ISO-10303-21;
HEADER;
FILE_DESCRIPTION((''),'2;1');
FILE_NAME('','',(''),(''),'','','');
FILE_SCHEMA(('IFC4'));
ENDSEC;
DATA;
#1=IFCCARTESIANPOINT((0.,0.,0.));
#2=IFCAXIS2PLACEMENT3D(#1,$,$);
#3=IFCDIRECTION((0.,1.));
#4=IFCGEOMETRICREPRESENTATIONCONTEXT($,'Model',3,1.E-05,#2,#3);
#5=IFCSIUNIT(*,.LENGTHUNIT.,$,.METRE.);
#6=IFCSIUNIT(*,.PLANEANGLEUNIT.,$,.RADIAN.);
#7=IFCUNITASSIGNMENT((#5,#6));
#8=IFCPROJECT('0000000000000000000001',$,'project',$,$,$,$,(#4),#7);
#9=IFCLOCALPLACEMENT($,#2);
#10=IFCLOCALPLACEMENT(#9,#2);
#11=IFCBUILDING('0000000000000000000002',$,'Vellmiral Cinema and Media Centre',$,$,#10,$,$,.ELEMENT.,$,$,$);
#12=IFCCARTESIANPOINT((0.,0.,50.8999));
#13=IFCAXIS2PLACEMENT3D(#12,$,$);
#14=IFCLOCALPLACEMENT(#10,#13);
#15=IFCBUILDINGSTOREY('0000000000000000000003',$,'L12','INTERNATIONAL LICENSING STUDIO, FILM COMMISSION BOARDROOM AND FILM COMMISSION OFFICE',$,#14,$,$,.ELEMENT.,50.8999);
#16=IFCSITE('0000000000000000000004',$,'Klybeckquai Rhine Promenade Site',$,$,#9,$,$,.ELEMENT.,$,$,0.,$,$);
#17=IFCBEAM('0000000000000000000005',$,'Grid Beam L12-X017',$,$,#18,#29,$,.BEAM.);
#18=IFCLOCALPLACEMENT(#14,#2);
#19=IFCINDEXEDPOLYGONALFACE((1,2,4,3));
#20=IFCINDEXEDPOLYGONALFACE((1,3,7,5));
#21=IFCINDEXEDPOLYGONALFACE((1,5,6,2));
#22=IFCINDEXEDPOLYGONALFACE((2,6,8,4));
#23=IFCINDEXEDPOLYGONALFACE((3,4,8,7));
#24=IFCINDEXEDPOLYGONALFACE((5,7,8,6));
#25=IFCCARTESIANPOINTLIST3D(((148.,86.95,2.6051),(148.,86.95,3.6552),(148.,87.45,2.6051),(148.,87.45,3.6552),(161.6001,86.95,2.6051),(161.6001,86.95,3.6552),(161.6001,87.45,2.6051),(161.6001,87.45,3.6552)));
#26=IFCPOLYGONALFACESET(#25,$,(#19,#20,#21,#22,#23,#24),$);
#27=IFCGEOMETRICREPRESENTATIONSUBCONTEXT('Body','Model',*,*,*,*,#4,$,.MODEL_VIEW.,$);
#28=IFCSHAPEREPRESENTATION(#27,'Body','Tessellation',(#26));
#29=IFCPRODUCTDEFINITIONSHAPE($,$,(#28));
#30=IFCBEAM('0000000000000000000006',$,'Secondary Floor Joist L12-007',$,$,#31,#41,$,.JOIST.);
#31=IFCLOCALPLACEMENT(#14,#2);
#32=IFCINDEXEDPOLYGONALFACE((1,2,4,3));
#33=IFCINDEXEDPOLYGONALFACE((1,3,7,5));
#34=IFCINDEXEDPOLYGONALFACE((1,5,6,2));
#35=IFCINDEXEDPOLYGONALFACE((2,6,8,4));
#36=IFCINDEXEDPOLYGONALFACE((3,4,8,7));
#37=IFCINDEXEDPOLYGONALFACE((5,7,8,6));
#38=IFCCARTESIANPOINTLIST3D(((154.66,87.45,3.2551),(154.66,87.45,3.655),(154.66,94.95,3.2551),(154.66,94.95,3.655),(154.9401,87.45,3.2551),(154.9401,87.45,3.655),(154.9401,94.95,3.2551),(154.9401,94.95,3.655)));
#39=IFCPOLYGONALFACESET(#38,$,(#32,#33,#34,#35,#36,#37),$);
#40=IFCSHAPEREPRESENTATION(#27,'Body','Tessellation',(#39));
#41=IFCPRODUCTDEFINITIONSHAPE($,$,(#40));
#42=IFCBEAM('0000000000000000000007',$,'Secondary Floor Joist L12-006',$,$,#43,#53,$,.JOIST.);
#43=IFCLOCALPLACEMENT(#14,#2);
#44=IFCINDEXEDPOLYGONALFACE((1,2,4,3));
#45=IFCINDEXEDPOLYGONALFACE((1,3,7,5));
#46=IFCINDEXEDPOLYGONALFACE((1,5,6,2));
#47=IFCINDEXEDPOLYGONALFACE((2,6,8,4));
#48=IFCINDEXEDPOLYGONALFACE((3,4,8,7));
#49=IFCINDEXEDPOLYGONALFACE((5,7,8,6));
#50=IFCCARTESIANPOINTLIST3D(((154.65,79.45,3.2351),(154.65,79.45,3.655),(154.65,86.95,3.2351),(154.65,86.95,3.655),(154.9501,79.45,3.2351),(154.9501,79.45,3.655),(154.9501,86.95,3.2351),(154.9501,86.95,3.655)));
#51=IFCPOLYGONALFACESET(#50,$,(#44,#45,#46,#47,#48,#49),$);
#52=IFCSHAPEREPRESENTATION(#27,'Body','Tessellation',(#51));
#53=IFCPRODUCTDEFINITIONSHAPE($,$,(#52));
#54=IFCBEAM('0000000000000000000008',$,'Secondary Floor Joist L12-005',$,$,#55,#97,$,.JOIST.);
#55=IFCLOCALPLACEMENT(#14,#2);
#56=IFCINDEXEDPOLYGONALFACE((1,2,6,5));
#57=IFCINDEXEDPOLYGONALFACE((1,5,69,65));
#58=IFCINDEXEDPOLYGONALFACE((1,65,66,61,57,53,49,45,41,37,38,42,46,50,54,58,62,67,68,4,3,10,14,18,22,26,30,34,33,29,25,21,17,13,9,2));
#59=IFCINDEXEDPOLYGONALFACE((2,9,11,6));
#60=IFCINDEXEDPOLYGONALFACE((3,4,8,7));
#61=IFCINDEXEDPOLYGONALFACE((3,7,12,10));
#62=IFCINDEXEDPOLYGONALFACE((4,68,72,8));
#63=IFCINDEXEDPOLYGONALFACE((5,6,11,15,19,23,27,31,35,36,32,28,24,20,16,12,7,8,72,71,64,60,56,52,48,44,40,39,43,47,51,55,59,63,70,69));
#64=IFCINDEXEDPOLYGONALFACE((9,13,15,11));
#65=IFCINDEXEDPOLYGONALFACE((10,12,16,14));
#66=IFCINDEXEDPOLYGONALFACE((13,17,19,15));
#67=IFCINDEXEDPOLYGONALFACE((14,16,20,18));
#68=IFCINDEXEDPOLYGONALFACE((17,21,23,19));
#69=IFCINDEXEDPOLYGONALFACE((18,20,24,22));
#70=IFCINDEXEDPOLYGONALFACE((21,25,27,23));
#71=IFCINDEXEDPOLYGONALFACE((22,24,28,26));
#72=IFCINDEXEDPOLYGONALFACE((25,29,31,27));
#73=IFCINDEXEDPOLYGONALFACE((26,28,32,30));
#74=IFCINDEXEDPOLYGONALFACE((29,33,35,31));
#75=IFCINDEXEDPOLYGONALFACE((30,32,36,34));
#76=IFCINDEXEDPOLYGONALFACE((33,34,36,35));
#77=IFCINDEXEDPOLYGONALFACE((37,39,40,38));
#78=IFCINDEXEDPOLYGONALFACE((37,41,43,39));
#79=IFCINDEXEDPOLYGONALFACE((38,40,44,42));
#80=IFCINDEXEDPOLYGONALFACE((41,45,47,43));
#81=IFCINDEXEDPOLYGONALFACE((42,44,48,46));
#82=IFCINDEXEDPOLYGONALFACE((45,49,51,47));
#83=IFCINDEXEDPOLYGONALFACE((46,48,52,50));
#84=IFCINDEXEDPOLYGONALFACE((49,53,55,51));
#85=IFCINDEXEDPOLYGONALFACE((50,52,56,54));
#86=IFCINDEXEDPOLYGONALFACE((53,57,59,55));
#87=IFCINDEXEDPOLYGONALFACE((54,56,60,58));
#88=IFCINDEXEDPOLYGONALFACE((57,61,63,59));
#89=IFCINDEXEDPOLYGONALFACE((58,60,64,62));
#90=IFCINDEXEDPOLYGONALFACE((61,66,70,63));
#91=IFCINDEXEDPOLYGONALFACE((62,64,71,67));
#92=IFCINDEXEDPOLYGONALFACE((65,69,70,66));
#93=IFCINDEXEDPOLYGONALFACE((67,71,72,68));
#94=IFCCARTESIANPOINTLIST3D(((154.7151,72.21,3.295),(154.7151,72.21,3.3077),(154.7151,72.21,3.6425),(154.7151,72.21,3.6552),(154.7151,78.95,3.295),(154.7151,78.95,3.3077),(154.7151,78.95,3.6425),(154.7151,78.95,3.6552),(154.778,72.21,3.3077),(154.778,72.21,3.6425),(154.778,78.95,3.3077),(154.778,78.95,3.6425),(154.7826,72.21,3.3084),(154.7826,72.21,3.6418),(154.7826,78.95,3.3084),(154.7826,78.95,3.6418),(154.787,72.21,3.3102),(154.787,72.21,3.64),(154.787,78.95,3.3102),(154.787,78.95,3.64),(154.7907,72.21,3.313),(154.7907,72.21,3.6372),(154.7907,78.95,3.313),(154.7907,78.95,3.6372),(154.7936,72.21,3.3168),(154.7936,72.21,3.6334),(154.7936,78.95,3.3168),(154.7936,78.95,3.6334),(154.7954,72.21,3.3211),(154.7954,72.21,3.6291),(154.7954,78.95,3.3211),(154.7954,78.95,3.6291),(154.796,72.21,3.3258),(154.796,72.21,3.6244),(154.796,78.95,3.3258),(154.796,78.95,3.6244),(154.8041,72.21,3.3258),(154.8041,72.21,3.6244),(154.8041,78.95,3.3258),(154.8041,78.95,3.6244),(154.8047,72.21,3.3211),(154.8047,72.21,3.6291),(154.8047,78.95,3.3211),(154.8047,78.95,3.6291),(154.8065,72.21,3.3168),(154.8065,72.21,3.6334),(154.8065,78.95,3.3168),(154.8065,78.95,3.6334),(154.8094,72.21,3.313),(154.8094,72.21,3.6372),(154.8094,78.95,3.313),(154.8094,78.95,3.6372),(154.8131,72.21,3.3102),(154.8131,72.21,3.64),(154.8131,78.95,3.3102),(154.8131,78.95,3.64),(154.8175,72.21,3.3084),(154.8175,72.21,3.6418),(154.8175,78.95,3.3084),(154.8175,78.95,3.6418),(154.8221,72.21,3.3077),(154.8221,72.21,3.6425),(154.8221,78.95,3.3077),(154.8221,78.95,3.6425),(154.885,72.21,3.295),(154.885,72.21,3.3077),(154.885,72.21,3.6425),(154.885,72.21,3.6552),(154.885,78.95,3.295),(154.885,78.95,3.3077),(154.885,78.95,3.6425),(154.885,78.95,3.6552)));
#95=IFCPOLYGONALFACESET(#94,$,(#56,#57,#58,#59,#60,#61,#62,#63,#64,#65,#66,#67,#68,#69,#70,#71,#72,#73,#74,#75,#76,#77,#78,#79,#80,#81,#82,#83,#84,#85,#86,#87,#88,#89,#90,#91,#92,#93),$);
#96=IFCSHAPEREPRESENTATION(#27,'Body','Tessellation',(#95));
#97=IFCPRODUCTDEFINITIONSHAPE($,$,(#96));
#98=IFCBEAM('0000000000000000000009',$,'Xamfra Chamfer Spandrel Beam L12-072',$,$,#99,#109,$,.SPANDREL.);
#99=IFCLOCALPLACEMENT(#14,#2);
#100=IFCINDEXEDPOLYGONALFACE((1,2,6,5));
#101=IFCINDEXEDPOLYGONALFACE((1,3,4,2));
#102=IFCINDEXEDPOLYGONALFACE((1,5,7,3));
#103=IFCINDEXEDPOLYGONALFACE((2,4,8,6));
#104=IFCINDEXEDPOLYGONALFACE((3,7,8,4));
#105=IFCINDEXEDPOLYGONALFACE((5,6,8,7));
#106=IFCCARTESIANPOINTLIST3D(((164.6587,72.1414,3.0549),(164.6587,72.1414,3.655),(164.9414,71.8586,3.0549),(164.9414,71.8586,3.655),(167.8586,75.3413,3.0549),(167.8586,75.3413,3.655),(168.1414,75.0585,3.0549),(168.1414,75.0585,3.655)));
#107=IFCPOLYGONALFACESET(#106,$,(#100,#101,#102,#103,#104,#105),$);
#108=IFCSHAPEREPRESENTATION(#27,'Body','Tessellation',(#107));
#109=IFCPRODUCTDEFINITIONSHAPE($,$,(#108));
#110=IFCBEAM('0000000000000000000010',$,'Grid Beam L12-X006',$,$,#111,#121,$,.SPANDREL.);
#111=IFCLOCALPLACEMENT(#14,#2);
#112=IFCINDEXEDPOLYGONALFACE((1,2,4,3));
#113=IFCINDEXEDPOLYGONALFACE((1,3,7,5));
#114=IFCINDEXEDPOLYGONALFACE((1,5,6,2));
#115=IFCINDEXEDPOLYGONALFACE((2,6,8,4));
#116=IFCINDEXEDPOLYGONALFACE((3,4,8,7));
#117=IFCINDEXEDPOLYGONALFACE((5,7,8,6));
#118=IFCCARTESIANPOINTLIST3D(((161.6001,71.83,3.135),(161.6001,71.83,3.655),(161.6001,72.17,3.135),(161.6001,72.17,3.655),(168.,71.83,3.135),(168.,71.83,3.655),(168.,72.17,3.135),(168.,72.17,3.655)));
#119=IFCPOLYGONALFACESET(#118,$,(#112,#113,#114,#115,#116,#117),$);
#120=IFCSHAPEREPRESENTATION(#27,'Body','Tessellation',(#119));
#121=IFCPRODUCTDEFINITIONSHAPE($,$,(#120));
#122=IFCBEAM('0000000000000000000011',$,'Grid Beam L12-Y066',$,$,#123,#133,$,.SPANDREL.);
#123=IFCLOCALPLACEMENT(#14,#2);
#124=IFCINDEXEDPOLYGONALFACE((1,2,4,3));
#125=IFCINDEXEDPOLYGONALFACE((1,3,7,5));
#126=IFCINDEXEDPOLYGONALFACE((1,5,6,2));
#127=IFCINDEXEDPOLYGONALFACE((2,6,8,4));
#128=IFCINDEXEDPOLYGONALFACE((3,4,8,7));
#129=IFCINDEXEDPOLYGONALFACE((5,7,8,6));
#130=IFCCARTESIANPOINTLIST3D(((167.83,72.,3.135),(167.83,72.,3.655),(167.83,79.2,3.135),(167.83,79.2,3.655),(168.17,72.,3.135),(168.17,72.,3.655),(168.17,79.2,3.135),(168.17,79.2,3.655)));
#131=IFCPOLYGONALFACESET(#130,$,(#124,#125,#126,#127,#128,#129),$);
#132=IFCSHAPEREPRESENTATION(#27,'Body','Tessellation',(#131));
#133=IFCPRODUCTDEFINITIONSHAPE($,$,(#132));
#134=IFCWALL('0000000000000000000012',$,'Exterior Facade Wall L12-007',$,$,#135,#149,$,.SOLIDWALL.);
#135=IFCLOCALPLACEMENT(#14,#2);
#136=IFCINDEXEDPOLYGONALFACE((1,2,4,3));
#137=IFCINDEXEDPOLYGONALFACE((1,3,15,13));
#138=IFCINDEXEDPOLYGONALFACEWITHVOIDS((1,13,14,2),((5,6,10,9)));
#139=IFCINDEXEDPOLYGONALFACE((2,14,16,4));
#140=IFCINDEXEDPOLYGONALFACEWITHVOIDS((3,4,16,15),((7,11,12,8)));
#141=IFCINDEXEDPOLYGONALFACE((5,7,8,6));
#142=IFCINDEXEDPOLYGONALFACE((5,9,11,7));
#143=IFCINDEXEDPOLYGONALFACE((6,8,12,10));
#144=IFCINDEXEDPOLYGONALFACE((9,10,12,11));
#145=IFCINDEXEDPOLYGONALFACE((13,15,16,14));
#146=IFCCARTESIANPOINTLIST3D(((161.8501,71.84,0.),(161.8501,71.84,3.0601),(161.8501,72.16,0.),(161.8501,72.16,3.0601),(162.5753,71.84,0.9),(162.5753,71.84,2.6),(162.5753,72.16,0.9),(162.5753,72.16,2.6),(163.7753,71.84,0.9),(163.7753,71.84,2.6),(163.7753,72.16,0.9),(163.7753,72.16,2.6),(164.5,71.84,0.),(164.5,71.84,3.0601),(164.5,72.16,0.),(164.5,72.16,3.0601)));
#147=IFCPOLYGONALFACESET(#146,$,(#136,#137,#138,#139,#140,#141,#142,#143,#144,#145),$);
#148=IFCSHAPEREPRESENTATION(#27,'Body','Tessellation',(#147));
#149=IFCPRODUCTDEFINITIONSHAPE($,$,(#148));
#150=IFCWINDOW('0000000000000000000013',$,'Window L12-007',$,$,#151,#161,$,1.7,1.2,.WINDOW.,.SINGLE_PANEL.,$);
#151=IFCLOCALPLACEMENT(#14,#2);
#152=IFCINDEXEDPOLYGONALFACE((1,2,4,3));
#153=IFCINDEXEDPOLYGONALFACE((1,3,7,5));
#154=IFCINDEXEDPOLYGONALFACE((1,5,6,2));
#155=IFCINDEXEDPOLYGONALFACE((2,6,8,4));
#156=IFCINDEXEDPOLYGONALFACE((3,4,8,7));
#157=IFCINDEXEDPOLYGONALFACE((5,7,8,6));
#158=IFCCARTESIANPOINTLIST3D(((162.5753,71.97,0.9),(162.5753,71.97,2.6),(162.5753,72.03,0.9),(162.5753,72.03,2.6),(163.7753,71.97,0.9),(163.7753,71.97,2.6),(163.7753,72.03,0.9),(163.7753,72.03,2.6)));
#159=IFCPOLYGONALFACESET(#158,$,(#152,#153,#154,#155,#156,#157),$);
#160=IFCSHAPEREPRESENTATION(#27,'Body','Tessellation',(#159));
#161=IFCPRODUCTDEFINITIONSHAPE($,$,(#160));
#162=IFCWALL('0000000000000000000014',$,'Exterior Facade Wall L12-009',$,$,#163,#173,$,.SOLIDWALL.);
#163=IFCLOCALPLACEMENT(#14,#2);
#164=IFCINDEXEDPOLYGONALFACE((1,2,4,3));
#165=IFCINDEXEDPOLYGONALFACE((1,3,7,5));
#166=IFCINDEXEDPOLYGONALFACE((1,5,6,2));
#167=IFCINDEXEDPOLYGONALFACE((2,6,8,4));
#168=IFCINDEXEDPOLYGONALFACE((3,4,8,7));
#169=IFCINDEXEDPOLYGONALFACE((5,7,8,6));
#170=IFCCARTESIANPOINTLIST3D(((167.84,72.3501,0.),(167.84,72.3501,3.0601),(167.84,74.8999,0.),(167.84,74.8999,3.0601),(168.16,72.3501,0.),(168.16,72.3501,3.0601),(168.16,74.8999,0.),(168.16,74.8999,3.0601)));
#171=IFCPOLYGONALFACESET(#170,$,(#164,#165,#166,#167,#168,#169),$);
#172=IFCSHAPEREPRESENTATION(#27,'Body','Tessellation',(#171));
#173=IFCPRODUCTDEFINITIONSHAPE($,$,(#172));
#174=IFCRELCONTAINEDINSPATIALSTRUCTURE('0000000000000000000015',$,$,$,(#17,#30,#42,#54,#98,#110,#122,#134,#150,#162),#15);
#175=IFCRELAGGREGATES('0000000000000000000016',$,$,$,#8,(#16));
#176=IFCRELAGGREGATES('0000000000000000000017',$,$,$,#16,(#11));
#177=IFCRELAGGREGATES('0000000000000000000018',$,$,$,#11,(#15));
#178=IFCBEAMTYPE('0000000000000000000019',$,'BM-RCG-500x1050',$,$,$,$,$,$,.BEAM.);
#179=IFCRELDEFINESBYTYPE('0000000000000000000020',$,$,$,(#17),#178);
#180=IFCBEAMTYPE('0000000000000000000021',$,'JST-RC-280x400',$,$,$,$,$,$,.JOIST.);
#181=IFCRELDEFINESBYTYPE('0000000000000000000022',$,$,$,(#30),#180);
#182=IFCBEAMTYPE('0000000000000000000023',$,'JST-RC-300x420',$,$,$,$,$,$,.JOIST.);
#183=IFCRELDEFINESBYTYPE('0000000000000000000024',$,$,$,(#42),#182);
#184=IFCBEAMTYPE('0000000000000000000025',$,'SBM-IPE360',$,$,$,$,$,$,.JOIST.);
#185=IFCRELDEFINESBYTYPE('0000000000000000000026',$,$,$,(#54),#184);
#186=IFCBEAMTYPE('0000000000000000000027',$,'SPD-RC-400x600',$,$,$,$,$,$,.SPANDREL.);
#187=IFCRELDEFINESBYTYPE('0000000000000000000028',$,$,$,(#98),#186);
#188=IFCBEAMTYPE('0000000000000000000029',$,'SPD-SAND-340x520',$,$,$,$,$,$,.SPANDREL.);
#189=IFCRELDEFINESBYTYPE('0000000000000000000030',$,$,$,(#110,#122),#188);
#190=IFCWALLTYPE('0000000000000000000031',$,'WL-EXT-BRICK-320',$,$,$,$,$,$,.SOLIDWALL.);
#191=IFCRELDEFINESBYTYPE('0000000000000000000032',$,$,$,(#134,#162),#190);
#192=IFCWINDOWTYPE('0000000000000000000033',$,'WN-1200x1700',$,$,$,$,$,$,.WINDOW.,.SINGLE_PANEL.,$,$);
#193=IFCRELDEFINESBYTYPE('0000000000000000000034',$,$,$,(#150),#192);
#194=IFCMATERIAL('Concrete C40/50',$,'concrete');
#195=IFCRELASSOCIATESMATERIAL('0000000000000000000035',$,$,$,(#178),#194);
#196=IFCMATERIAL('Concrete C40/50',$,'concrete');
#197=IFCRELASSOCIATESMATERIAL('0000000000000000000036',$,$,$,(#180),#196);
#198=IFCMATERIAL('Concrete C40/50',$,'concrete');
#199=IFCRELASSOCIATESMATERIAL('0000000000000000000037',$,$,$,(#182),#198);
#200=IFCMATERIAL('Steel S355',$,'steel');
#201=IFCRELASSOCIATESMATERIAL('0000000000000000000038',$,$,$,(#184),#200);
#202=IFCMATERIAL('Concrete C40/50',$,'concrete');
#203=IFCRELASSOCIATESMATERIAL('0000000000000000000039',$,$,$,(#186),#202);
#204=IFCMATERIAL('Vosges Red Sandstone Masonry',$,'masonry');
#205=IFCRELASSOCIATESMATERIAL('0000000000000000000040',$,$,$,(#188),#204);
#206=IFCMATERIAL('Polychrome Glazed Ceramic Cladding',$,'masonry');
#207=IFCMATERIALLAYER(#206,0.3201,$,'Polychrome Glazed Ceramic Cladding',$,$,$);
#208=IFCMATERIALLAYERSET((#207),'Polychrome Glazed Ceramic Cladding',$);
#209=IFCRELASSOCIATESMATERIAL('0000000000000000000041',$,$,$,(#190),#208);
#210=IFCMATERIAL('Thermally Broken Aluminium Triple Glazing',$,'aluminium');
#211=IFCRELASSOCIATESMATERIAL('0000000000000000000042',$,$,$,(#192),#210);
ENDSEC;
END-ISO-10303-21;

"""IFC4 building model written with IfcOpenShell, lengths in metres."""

from ifc_helpers import new_model, si_unit, direction, frame, frame_2d, origin, origin_2d, place, context, subcontext, project, spatial, rectangle, i_section, extrude, material, layer, layer_set, material_profile, profile_set, type_object, element, fill, save


model = new_model("IFC4")

# Units and contexts
model_context = context("Model", 3, precision=1e-05, world=origin(), true_north=direction((0.0, 1.0)))
body_context = subcontext(model_context, "Body", "Model", "MODEL_VIEW")
ifc_project = project(units=[si_unit("LENGTHUNIT", "METRE"), si_unit("PLANEANGLEUNIT", "RADIAN")], contexts=[model_context])

# Site, building, storey
site_placement = place(None, origin())
site = spatial("IfcSite", under=ifc_project, at=site_placement, Name="Klybeckquai Rhine Promenade Site", CompositionType="ELEMENT", RefElevation=0.0)
building_placement = place(site_placement, origin())
building = spatial("IfcBuilding", under=site, at=building_placement, Name="Vellmiral Cinema and Media Centre", CompositionType="ELEMENT")
storey_placement = place(building_placement, frame((0.0, 0.0, 50.8999)))
storey = spatial("IfcBuildingStorey", under=building, at=storey_placement, Name="L12", Description="INTERNATIONAL LICENSING STUDIO, FILM COMMISSION BOARDROOM AND FILM COMMISSION OFFICE", CompositionType="ELEMENT", Elevation=50.8999)

# Beams
ifc_material_1 = material(Name="Concrete C40/50", Category="concrete")
ifc_material_profile_1 = material_profile(ifc_material_1, rectangle(XDim=0.5, YDim=1.05, at=origin_2d()), Name="RC 500x1050")
ifc_profile_set_1 = profile_set([ifc_material_profile_1], Name="Concrete C40/50")
beam_type_1 = type_object("IfcBeamType", Name="BM-RCG-500x1050", PredefinedType="BEAM", material=ifc_profile_set_1)
beam_1_placement = place(storey_placement, frame((148.0, 87.2, 3.1301), z_axis=(1.0, 0.0, 0.0), x_axis=(0.0, 1.0, 0.0)))
element("IfcBeam", 1, at=beam_1_placement, inside=storey, type_object=beam_type_1, Name="Grid Beam L12-X017", PredefinedType="BEAM", context=body_context, shape_type="SweptSolid", body=[
    extrude(rectangle(XDim=0.5, YDim=1.05, at=origin_2d()), origin(), (0.0, 0.0, 1.0), 13.6001),
])
ifc_material_2 = material(Name="Concrete C40/50", Category="concrete")
ifc_material_profile_2 = material_profile(ifc_material_2, rectangle(XDim=0.28, YDim=0.3999, at=origin_2d()), Name="RC 280x400")
ifc_profile_set_2 = profile_set([ifc_material_profile_2], Name="Concrete C40/50")
beam_type_2 = type_object("IfcBeamType", Name="JST-RC-280x400", PredefinedType="JOIST", material=ifc_profile_set_2)
beam_2_placement = place(storey_placement, frame((154.8, 87.45, 3.4551), z_axis=(0.0, 1.0, 0.0), x_axis=(-1.0, 0.0, 0.0)))
element("IfcBeam", 2, at=beam_2_placement, inside=storey, type_object=beam_type_2, Name="Secondary Floor Joist L12-007", PredefinedType="JOIST", context=body_context, shape_type="SweptSolid", body=[
    extrude(rectangle(XDim=0.28, YDim=0.3999, at=origin_2d()), origin(), (0.0, 0.0, 1.0), 7.5),
])
ifc_material_3 = material(Name="Concrete C40/50", Category="concrete")
ifc_material_profile_3 = material_profile(ifc_material_3, rectangle(XDim=0.3, YDim=0.4199, at=origin_2d()), Name="RC 300x420")
ifc_profile_set_3 = profile_set([ifc_material_profile_3], Name="Concrete C40/50")
beam_type_3 = type_object("IfcBeamType", Name="JST-RC-300x420", PredefinedType="JOIST", material=ifc_profile_set_3)
beam_3_placement = place(storey_placement, frame((154.8, 79.45, 3.4451), z_axis=(0.0, 1.0, 0.0), x_axis=(-1.0, 0.0, 0.0)))
element("IfcBeam", 3, at=beam_3_placement, inside=storey, type_object=beam_type_3, Name="Secondary Floor Joist L12-006", PredefinedType="JOIST", context=body_context, shape_type="SweptSolid", body=[
    extrude(rectangle(XDim=0.3, YDim=0.4199, at=origin_2d()), origin(), (0.0, 0.0, 1.0), 7.5),
])
ifc_material_4 = material(Name="Steel S355", Category="steel")
ifc_material_profile_4 = material_profile(ifc_material_4, i_section(OverallWidth=0.1699, OverallDepth=0.3601, WebThickness=0.0081, FlangeThickness=0.0127, FilletRadius=0.0181, at=origin_2d()), Name="IPE 360")
ifc_profile_set_4 = profile_set([ifc_material_profile_4], Name="Steel S355")
beam_type_4 = type_object("IfcBeamType", Name="SBM-IPE360", PredefinedType="JOIST", material=ifc_profile_set_4)
beam_4_placement = place(storey_placement, frame((154.8, 72.21, 3.4751), z_axis=(0.0, 1.0, 0.0), x_axis=(-1.0, 0.0, 0.0)))
element("IfcBeam", 4, at=beam_4_placement, inside=storey, type_object=beam_type_4, Name="Secondary Floor Joist L12-005", PredefinedType="JOIST", context=body_context, shape_type="SweptSolid", body=[
    extrude(i_section(OverallWidth=0.1699, OverallDepth=0.3601, WebThickness=0.0081, FlangeThickness=0.0127, FilletRadius=0.0181, at=origin_2d()), origin(), (0.0, 0.0, 1.0), 6.74),
])
ifc_material_5 = material(Name="Concrete C40/50", Category="concrete")
ifc_material_profile_5 = material_profile(ifc_material_5, rectangle(XDim=0.3999, YDim=0.6001, at=origin_2d()), Name="RC 400x600")
ifc_profile_set_5 = profile_set([ifc_material_profile_5], Name="Concrete C40/50")
beam_type_5 = type_object("IfcBeamType", Name="SPD-RC-400x600", PredefinedType="SPANDREL", material=ifc_profile_set_5)
beam_5_placement = place(storey_placement, frame((164.8, 72.0, 3.355), z_axis=(0.707107, 0.707107, 0.0), x_axis=(-0.707107, 0.707107, 0.0)))
element("IfcBeam", 5, at=beam_5_placement, inside=storey, type_object=beam_type_5, Name="Xamfra Chamfer Spandrel Beam L12-072", PredefinedType="SPANDREL", context=body_context, shape_type="SweptSolid", body=[
    extrude(rectangle(XDim=0.3999, YDim=0.6001, at=origin_2d()), origin(), (0.0, 0.0, 1.0), 4.5254),
])
ifc_material_6 = material(Name="Vosges Red Sandstone Masonry", Category="masonry")
ifc_material_profile_6 = material_profile(ifc_material_6, rectangle(XDim=0.3401, YDim=0.52, at=origin_2d()), Name="SAND 340x520")
ifc_profile_set_6 = profile_set([ifc_material_profile_6], Name="Vosges Red Sandstone Masonry")
beam_type_6 = type_object("IfcBeamType", Name="SPD-SAND-340x520", PredefinedType="SPANDREL", material=ifc_profile_set_6)
beam_6_placement = place(storey_placement, frame((161.6001, 72.0, 3.395), z_axis=(1.0, 0.0, 0.0), x_axis=(0.0, 1.0, 0.0)))
element("IfcBeam", 6, at=beam_6_placement, inside=storey, type_object=beam_type_6, Name="Grid Beam L12-X006", PredefinedType="SPANDREL", context=body_context, shape_type="SweptSolid", body=[
    extrude(rectangle(XDim=0.3401, YDim=0.52, at=origin_2d()), origin(), (0.0, 0.0, 1.0), 6.3999),
])
beam_7_placement = place(storey_placement, frame((168.0, 72.0, 3.395), z_axis=(0.0, 1.0, 0.0), x_axis=(-1.0, 0.0, 0.0)))
element("IfcBeam", 7, at=beam_7_placement, inside=storey, type_object=beam_type_6, Name="Grid Beam L12-Y066", PredefinedType="SPANDREL", context=body_context, shape_type="SweptSolid", body=[
    extrude(rectangle(XDim=0.3401, YDim=0.52, at=origin_2d()), origin(), (0.0, 0.0, 1.0), 7.2),
])

# Wall, opening, window
ifc_material_7 = material(Name="Polychrome Glazed Ceramic Cladding", Category="masonry")
ifc_layer_1 = layer(ifc_material_7, 0.3201, Name="Polychrome Glazed Ceramic Cladding")
ifc_layer_set_1 = layer_set([ifc_layer_1], Name="Polychrome Glazed Ceramic Cladding")
wall_type_1 = type_object("IfcWallType", Name="WL-EXT-BRICK-320", PredefinedType="SOLIDWALL", material=ifc_layer_set_1)
wall_1_placement = place(storey_placement, frame((161.8501, 72.0, 0.0), z_axis=(0.0, 0.0, 1.0), x_axis=(1.0, 0.0, 0.0)))
wall_1 = element("IfcWall", 8, at=wall_1_placement, inside=storey, type_object=wall_type_1, Name="Exterior Facade Wall L12-007", PredefinedType="SOLIDWALL", context=body_context, shape_type="SweptSolid", body=[
    extrude(rectangle(XDim=2.6499, YDim=0.3201, at=frame_2d((1.325, 0.0))), origin(), (0.0, 0.0, 1.0), 3.0601),
])
opening_1_placement = place(wall_1_placement, frame((0.7251, 0.0, 0.8999)))
opening_1 = element("IfcOpeningElement", 9, at=opening_1_placement, cuts=wall_1, PredefinedType="OPENING", context=body_context, shape_type="SweptSolid", body=[
    extrude(rectangle(XDim=1.2, YDim=1.7, at=frame_2d((0.6001, 0.8501))), frame((0.0, 0.1719, 0.0), z_axis=(0.0, -1.0, 0.0), x_axis=(1.0, 0.0, 0.0)), (0.0, 0.0, 1.0), 0.344),
])
ifc_material_8 = material(Name="Thermally Broken Aluminium Triple Glazing", Category="aluminium")
window_type_1 = type_object("IfcWindowType", Name="WN-1200x1700", PartitioningType="SINGLE_PANEL", PredefinedType="WINDOW", material=ifc_material_8)
window_1_placement = place(opening_1_placement, origin())
window_1 = element("IfcWindow", 10, at=window_1_placement, inside=storey, type_object=window_type_1, Name="Window L12-007", OverallHeight=1.7, OverallWidth=1.2, PartitioningType="SINGLE_PANEL", PredefinedType="WINDOW", context=body_context, shape_type="SweptSolid", body=[
    extrude(rectangle(XDim=1.2, YDim=1.7, at=frame_2d((0.6001, 0.8501))), frame((0.0, 0.03, 0.0), z_axis=(0.0, -1.0, 0.0), x_axis=(1.0, 0.0, 0.0)), (0.0, 0.0, 1.0), 0.0601),
])
fill(opening_1, window_1)

# Wall
wall_2_placement = place(storey_placement, frame((168.0, 72.3501, 0.0), z_axis=(0.0, 0.0, 1.0), x_axis=(0.0, 1.0, 0.0)))
element("IfcWall", 11, at=wall_2_placement, inside=storey, type_object=wall_type_1, Name="Exterior Facade Wall L12-009", PredefinedType="SOLIDWALL", context=body_context, shape_type="SweptSolid", body=[
    extrude(rectangle(XDim=2.5498, YDim=0.3201, at=frame_2d((1.2749, 0.0))), origin(), (0.0, 0.0, 1.0), 3.0601),
])

save(model, "model.ifc")
